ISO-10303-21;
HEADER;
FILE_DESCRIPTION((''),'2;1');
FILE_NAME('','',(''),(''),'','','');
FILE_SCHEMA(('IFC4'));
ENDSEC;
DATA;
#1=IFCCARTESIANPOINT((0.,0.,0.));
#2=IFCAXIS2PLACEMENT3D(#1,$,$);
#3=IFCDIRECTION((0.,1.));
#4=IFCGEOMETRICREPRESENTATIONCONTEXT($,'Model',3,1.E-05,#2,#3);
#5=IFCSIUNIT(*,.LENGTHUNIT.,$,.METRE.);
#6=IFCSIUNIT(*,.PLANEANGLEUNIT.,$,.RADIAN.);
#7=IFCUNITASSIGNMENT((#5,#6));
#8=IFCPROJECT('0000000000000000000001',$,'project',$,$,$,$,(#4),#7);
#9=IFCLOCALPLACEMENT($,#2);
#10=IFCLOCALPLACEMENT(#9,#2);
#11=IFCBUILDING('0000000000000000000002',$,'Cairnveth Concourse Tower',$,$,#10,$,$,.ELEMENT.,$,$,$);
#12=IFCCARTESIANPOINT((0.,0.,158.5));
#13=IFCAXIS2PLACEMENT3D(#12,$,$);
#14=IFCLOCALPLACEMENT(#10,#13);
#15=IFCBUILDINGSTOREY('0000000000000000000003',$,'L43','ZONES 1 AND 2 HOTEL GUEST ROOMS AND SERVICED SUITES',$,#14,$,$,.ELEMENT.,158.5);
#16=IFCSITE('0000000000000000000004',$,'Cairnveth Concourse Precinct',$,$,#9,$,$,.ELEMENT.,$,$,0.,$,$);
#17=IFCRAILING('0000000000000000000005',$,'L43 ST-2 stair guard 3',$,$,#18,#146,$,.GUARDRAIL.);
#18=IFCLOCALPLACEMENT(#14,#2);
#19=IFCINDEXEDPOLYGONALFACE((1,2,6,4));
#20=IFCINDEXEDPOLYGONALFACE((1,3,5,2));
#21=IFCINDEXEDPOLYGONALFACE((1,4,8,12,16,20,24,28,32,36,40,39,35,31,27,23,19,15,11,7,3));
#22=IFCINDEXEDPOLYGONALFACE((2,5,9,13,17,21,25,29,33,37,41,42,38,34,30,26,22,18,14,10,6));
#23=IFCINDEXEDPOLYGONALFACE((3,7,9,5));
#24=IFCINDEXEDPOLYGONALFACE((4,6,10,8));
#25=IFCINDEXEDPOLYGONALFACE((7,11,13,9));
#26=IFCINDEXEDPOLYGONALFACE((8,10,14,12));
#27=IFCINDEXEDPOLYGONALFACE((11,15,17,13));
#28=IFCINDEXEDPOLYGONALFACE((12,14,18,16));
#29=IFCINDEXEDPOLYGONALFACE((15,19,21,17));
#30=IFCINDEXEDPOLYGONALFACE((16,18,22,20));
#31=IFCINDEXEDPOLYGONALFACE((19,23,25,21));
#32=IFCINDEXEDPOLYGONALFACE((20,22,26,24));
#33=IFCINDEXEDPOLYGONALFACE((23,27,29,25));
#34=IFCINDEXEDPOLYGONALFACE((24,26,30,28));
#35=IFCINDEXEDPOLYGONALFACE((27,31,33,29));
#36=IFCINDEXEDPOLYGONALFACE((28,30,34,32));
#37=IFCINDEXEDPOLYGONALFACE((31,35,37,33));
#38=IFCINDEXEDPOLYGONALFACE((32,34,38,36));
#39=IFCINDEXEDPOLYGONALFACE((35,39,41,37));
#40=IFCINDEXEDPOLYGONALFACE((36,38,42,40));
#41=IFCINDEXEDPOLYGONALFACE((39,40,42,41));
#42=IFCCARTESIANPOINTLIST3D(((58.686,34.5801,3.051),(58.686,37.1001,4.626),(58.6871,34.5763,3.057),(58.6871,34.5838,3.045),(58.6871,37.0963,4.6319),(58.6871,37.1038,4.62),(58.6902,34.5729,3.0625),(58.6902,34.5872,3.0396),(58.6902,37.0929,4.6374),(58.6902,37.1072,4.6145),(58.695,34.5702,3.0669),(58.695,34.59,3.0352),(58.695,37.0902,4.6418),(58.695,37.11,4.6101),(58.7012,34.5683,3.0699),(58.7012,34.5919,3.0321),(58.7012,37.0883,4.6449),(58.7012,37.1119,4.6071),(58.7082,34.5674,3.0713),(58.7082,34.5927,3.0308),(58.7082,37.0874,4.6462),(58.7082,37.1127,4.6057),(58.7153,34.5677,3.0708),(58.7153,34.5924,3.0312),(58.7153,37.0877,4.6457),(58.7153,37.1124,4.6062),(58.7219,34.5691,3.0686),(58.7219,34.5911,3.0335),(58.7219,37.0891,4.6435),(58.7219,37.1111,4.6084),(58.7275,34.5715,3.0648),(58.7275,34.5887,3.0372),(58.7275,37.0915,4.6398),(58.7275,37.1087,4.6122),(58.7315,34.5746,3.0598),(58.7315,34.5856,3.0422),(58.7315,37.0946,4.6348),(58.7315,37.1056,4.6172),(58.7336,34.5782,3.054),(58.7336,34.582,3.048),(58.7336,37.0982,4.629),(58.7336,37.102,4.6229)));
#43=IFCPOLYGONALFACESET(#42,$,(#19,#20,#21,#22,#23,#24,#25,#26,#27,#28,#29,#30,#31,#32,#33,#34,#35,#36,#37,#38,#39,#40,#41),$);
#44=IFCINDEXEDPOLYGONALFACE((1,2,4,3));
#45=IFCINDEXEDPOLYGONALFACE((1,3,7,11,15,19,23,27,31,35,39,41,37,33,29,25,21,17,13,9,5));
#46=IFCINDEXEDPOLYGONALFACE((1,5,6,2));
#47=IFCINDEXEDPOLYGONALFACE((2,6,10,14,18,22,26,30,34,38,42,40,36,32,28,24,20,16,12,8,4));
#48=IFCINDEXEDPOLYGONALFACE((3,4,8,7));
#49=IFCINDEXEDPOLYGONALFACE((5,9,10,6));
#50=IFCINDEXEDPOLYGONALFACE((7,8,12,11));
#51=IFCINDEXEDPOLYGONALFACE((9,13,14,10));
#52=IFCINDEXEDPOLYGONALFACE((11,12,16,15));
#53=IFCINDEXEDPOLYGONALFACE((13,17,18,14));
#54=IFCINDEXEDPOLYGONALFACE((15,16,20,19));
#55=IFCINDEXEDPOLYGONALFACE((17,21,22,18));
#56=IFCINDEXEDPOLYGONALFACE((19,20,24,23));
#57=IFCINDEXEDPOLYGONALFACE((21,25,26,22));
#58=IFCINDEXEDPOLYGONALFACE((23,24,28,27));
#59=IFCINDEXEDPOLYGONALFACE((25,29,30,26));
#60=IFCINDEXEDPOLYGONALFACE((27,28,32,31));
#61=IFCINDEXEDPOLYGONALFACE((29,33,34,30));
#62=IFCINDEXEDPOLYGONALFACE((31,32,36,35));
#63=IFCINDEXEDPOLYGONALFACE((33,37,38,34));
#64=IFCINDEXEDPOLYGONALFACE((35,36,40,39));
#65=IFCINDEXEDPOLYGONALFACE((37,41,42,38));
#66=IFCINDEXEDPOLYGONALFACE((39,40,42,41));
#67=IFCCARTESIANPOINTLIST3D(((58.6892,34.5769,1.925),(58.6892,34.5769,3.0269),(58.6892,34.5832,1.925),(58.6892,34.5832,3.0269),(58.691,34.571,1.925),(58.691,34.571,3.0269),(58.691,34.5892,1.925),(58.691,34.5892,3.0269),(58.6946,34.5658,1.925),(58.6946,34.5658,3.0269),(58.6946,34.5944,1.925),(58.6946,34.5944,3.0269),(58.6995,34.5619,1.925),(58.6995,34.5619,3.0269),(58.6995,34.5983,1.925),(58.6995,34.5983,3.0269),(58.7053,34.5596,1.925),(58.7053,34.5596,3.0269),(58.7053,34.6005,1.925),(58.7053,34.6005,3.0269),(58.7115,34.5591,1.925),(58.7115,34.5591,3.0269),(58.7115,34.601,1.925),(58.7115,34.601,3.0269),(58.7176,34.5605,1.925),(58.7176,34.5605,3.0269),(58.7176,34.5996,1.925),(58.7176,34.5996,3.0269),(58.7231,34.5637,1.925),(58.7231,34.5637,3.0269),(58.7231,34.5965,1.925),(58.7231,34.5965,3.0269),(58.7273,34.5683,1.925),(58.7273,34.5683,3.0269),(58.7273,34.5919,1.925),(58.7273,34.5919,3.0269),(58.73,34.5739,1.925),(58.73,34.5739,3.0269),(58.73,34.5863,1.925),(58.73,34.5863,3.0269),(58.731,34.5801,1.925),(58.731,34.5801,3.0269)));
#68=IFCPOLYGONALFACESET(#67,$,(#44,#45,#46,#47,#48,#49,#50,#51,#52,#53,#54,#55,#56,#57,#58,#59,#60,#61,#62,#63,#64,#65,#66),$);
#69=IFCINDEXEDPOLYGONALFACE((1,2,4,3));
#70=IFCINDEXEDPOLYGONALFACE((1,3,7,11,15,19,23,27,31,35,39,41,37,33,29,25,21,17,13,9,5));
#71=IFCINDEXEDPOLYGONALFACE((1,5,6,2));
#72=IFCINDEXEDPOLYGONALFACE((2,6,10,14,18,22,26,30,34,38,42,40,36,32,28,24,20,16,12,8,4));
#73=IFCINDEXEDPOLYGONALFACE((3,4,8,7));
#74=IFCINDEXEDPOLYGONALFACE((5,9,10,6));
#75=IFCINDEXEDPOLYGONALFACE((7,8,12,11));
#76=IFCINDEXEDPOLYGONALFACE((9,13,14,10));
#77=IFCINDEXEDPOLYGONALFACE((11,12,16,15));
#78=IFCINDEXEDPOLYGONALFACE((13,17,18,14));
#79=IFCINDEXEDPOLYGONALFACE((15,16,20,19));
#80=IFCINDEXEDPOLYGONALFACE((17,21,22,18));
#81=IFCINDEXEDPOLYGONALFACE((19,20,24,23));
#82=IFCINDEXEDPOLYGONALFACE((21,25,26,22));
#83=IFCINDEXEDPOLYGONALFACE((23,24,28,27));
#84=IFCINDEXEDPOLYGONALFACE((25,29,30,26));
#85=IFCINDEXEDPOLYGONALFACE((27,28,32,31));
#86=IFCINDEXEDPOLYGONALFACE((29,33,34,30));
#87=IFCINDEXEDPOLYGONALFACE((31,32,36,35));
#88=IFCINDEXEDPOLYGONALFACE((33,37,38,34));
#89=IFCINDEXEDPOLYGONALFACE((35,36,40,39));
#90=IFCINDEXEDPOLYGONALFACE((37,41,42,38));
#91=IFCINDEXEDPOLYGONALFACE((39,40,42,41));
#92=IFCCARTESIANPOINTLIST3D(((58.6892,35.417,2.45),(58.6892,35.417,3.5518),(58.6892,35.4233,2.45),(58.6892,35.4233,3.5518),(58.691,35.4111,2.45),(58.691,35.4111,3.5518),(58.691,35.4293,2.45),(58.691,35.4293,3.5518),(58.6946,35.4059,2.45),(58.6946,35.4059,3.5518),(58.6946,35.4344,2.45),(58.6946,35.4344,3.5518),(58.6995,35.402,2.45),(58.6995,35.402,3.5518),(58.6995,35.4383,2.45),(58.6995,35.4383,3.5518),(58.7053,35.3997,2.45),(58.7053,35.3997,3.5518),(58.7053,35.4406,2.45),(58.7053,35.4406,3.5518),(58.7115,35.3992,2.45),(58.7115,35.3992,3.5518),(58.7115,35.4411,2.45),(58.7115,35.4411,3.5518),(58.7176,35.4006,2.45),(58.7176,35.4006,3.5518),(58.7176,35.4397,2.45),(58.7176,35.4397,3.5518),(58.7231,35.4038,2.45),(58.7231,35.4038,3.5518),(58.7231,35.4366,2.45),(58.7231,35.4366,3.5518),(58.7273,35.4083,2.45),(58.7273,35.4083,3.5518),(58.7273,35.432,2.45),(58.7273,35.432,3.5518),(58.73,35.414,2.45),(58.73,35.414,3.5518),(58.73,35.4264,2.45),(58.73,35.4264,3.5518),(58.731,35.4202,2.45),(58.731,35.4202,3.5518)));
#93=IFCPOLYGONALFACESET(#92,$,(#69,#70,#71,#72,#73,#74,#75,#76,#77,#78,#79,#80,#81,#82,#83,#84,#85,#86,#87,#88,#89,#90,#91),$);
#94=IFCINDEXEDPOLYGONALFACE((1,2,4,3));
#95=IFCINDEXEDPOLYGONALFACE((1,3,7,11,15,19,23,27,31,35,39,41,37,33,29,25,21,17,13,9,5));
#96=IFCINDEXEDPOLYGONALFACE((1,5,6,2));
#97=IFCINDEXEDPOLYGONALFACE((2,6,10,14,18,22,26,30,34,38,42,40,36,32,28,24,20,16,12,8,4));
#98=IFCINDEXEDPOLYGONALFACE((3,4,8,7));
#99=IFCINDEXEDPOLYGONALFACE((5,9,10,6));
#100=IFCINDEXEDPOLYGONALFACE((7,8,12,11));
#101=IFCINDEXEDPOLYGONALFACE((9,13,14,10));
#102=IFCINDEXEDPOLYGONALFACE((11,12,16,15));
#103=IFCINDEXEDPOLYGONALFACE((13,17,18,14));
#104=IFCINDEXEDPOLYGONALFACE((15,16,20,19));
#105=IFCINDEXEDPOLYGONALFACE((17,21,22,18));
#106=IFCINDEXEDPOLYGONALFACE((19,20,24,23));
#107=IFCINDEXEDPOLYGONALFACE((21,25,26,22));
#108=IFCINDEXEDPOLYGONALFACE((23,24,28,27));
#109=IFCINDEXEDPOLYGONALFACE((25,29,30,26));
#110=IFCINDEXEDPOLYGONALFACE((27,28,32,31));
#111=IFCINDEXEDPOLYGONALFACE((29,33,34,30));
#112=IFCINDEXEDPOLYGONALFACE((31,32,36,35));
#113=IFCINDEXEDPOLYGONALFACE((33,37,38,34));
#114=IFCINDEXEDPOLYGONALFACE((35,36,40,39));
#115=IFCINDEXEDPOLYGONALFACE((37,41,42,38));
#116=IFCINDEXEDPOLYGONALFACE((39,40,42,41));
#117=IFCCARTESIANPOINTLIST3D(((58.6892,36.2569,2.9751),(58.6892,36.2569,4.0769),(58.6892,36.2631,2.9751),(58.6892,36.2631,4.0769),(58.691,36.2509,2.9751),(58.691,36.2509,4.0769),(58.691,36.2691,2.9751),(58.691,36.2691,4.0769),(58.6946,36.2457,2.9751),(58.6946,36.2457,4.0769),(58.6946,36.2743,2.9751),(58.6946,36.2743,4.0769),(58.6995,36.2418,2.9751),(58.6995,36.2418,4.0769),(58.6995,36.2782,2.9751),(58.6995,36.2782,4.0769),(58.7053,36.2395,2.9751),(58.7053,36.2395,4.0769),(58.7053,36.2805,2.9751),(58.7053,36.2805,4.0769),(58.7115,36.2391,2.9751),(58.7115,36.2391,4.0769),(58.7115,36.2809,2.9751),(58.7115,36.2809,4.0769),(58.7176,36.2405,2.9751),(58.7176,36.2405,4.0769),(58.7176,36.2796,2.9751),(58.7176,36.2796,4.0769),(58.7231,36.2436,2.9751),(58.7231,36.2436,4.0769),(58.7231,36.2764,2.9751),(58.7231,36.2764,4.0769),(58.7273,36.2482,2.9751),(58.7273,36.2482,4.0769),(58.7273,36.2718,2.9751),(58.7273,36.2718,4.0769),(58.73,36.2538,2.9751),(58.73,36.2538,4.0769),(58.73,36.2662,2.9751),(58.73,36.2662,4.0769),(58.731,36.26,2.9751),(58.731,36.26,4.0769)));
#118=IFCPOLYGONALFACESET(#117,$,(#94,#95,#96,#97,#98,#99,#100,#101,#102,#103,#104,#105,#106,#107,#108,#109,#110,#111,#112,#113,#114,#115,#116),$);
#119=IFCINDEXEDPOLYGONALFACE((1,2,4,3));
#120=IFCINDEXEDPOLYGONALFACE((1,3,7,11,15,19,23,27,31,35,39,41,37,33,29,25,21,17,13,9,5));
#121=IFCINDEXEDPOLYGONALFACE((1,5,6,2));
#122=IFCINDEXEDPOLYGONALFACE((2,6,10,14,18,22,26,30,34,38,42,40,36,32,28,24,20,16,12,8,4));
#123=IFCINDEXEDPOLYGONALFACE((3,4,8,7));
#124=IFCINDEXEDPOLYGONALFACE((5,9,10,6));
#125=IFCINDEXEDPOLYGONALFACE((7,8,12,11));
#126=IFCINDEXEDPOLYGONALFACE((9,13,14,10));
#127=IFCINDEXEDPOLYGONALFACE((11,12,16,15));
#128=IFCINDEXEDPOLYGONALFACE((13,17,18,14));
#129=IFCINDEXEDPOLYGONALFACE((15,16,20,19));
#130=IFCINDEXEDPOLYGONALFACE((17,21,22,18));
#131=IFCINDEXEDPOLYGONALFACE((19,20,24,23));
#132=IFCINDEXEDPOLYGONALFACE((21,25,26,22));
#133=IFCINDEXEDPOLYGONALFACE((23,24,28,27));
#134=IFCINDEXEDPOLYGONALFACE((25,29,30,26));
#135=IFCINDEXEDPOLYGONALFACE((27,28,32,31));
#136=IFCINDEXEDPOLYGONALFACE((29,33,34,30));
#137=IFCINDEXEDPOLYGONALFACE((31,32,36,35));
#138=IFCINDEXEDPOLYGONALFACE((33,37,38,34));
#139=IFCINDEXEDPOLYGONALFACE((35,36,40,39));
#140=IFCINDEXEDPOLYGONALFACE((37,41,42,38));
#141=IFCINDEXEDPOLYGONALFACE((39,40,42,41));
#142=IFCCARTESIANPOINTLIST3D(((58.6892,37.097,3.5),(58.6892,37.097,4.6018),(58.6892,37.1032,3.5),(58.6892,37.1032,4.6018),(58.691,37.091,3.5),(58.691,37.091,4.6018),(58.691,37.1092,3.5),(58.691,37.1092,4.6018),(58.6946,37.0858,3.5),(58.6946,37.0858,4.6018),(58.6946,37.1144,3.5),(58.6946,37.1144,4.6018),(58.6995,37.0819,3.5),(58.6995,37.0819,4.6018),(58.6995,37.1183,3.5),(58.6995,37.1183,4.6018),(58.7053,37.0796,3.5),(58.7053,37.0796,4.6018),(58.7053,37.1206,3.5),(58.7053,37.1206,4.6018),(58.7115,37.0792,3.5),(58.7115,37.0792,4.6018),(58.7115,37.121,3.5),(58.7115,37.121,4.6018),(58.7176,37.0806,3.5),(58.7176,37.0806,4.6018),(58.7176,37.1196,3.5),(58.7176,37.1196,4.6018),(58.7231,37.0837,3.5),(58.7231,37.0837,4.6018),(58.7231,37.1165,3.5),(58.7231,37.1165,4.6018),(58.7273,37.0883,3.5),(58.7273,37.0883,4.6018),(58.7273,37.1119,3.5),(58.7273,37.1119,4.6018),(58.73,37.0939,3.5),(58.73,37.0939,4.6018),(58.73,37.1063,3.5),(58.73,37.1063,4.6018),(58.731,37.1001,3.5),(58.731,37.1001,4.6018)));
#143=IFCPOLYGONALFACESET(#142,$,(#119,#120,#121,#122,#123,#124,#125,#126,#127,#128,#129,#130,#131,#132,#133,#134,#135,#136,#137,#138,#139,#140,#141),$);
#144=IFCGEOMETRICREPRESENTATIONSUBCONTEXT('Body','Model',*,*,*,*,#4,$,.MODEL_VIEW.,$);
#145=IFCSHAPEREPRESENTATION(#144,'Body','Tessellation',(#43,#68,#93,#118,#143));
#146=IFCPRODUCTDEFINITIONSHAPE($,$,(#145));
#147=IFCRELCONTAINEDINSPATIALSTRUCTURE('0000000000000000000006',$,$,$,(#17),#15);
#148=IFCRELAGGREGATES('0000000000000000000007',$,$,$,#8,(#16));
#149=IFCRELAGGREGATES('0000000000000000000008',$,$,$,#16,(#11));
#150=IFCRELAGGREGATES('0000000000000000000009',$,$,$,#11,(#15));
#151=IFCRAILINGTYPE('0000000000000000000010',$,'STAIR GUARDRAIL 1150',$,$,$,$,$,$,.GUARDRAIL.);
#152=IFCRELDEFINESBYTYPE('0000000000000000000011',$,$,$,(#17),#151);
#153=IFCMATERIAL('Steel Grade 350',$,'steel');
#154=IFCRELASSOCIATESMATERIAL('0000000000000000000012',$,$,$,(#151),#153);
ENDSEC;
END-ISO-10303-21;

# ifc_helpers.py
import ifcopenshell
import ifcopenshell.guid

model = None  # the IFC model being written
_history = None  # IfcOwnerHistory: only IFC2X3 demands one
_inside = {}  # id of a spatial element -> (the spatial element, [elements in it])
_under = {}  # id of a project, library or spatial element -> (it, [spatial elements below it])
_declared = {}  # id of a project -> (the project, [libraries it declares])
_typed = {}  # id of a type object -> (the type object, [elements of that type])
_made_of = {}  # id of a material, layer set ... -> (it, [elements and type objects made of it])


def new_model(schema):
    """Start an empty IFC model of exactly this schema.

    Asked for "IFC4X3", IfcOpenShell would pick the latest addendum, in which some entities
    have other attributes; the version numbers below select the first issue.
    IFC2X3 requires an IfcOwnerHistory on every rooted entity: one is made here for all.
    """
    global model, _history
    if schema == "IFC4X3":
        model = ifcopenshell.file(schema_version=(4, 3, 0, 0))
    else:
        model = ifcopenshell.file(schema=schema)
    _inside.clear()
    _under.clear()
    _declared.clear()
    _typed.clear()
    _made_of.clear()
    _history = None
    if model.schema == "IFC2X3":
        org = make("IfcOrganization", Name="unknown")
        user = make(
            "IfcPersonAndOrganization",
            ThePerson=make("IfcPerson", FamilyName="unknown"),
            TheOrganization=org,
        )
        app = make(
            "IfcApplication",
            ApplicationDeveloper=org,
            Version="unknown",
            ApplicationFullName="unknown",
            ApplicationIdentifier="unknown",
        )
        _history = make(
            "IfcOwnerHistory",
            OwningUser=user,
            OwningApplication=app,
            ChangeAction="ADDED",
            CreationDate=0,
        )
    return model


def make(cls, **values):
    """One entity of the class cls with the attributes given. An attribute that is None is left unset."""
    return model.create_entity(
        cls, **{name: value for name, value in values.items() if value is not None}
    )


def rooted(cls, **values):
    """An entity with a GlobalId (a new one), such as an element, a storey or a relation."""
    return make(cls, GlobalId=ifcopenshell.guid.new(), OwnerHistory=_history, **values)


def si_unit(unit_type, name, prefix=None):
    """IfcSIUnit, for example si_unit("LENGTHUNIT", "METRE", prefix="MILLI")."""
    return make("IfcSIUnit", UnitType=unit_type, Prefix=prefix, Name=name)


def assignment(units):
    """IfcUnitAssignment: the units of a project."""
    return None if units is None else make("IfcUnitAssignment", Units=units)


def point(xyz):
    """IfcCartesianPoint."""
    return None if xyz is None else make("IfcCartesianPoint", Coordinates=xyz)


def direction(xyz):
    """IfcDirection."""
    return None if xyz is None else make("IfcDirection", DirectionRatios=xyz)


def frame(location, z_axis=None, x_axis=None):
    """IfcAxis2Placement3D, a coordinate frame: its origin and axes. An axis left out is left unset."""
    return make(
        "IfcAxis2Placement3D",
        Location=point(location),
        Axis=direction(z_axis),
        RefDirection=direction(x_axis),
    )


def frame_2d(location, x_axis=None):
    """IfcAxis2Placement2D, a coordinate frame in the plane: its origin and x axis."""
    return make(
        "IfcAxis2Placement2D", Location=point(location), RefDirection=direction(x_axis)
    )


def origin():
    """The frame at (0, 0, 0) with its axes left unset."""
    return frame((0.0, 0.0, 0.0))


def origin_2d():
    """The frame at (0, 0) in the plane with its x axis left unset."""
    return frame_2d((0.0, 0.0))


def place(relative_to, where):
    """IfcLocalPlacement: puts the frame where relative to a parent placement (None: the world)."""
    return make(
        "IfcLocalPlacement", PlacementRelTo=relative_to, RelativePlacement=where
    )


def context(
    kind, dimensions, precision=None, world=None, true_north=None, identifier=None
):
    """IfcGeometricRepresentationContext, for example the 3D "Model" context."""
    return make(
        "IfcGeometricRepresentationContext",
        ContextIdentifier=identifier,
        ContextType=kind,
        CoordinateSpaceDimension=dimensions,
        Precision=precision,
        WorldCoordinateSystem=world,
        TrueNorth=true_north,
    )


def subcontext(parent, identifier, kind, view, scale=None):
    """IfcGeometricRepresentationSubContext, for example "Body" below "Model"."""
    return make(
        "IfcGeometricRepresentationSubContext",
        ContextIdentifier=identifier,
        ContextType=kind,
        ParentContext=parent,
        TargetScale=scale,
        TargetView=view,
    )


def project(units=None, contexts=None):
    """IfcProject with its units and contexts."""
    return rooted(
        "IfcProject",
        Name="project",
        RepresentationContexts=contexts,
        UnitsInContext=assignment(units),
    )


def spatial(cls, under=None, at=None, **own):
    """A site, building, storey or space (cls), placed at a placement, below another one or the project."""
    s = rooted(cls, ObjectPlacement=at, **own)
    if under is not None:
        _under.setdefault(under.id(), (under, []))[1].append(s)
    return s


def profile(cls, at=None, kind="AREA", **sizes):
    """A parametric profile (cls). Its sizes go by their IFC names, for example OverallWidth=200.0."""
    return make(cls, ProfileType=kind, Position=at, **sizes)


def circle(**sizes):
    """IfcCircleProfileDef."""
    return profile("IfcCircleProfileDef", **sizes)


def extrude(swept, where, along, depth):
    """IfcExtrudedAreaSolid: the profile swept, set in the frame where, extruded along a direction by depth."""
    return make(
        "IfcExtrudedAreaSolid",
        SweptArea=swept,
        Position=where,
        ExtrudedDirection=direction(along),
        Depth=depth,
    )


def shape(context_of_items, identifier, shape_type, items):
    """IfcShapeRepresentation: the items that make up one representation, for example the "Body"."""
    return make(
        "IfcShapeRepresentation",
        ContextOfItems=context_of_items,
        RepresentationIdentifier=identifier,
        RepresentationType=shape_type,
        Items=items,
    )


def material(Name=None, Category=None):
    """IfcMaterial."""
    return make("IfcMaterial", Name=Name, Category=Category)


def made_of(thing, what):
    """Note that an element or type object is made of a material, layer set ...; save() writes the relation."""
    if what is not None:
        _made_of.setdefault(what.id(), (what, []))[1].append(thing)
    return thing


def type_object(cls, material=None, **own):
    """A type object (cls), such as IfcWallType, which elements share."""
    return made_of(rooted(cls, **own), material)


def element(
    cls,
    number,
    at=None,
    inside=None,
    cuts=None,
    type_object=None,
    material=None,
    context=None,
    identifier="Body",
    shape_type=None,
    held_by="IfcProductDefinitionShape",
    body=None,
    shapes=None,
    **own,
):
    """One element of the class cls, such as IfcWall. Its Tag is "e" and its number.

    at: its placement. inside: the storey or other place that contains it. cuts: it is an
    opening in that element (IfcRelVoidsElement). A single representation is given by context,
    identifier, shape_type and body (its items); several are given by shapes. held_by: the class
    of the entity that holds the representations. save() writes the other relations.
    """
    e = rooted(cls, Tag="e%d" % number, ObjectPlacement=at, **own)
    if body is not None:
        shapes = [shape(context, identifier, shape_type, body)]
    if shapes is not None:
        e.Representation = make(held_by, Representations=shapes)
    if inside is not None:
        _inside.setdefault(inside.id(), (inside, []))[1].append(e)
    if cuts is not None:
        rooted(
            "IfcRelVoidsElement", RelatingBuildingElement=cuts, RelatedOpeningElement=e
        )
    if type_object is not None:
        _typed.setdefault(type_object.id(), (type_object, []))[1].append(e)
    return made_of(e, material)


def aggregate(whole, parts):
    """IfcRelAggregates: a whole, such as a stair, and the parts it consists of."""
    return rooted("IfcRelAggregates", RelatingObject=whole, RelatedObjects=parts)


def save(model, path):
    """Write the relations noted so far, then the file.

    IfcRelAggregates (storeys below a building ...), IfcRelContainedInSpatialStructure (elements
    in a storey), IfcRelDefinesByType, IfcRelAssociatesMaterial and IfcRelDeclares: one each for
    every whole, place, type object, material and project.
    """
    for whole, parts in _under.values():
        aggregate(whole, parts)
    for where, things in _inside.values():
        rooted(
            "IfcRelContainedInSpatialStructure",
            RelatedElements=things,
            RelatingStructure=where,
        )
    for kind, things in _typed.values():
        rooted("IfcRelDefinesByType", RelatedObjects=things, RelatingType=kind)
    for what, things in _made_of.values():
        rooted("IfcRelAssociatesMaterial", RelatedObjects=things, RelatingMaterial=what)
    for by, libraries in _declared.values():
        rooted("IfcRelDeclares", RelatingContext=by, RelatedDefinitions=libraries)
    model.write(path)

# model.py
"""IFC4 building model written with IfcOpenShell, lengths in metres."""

from ifc_helpers import new_model, si_unit, direction, frame, origin, origin_2d, place, context, subcontext, project, spatial, circle, extrude, material, type_object, element, save


model = new_model("IFC4")

# Units and contexts
model_context = context("Model", 3, precision=1e-05, world=origin(), true_north=direction((0.0, 1.0)))
body_context = subcontext(model_context, "Body", "Model", "MODEL_VIEW")
ifc_project = project(units=[si_unit("LENGTHUNIT", "METRE"), si_unit("PLANEANGLEUNIT", "RADIAN")], contexts=[model_context])

# Site, building, storey
site_placement = place(None, origin())
site = spatial("IfcSite", under=ifc_project, at=site_placement, Name="Cairnveth Concourse Precinct", CompositionType="ELEMENT", RefElevation=0.0)
building_placement = place(site_placement, origin())
building = spatial("IfcBuilding", under=site, at=building_placement, Name="Cairnveth Concourse Tower", CompositionType="ELEMENT")
storey_placement = place(building_placement, frame((0.0, 0.0, 158.5)))
storey = spatial("IfcBuildingStorey", under=building, at=storey_placement, Name="L43", Description="ZONES 1 AND 2 HOTEL GUEST ROOMS AND SERVICED SUITES", CompositionType="ELEMENT", Elevation=158.5)

# Shared definitions
ifc_material_1 = material(Name="Steel Grade 350", Category="steel")

# Railing
railing_type_1 = type_object("IfcRailingType", Name="STAIR GUARDRAIL 1150", PredefinedType="GUARDRAIL", material=ifc_material_1)
railing_1_placement = place(storey_placement, frame((58.71, 34.5801, 1.925)))
element("IfcRailing", 1, at=railing_1_placement, inside=storey, type_object=railing_type_1, Name="L43 ST-2 stair guard 3", PredefinedType="GUARDRAIL", context=body_context, shape_type="SweptSolid", body=[
    extrude(circle(Radius=0.0239, at=origin_2d()), frame((0.0, 0.0, 1.126), z_axis=(0.0, 0.848008, 0.529984), x_axis=(-1.0, 0.0, 0.0)), (0.0, 0.0, 1.0), 2.9717),
    extrude(circle(Radius=0.021, at=origin_2d()), origin(), (0.0, 0.0, 1.0), 1.1018),
    extrude(circle(Radius=0.021, at=origin_2d()), frame((0.0, 0.8401, 0.5249)), (0.0, 0.0, 1.0), 1.1018),
    extrude(circle(Radius=0.021, at=origin_2d()), frame((0.0, 1.6799, 1.05)), (0.0, 0.0, 1.0), 1.1018),
    extrude(circle(Radius=0.021, at=origin_2d()), frame((0.0, 2.52, 1.575)), (0.0, 0.0, 1.0), 1.1018),
])

save(model, "model.ifc")
